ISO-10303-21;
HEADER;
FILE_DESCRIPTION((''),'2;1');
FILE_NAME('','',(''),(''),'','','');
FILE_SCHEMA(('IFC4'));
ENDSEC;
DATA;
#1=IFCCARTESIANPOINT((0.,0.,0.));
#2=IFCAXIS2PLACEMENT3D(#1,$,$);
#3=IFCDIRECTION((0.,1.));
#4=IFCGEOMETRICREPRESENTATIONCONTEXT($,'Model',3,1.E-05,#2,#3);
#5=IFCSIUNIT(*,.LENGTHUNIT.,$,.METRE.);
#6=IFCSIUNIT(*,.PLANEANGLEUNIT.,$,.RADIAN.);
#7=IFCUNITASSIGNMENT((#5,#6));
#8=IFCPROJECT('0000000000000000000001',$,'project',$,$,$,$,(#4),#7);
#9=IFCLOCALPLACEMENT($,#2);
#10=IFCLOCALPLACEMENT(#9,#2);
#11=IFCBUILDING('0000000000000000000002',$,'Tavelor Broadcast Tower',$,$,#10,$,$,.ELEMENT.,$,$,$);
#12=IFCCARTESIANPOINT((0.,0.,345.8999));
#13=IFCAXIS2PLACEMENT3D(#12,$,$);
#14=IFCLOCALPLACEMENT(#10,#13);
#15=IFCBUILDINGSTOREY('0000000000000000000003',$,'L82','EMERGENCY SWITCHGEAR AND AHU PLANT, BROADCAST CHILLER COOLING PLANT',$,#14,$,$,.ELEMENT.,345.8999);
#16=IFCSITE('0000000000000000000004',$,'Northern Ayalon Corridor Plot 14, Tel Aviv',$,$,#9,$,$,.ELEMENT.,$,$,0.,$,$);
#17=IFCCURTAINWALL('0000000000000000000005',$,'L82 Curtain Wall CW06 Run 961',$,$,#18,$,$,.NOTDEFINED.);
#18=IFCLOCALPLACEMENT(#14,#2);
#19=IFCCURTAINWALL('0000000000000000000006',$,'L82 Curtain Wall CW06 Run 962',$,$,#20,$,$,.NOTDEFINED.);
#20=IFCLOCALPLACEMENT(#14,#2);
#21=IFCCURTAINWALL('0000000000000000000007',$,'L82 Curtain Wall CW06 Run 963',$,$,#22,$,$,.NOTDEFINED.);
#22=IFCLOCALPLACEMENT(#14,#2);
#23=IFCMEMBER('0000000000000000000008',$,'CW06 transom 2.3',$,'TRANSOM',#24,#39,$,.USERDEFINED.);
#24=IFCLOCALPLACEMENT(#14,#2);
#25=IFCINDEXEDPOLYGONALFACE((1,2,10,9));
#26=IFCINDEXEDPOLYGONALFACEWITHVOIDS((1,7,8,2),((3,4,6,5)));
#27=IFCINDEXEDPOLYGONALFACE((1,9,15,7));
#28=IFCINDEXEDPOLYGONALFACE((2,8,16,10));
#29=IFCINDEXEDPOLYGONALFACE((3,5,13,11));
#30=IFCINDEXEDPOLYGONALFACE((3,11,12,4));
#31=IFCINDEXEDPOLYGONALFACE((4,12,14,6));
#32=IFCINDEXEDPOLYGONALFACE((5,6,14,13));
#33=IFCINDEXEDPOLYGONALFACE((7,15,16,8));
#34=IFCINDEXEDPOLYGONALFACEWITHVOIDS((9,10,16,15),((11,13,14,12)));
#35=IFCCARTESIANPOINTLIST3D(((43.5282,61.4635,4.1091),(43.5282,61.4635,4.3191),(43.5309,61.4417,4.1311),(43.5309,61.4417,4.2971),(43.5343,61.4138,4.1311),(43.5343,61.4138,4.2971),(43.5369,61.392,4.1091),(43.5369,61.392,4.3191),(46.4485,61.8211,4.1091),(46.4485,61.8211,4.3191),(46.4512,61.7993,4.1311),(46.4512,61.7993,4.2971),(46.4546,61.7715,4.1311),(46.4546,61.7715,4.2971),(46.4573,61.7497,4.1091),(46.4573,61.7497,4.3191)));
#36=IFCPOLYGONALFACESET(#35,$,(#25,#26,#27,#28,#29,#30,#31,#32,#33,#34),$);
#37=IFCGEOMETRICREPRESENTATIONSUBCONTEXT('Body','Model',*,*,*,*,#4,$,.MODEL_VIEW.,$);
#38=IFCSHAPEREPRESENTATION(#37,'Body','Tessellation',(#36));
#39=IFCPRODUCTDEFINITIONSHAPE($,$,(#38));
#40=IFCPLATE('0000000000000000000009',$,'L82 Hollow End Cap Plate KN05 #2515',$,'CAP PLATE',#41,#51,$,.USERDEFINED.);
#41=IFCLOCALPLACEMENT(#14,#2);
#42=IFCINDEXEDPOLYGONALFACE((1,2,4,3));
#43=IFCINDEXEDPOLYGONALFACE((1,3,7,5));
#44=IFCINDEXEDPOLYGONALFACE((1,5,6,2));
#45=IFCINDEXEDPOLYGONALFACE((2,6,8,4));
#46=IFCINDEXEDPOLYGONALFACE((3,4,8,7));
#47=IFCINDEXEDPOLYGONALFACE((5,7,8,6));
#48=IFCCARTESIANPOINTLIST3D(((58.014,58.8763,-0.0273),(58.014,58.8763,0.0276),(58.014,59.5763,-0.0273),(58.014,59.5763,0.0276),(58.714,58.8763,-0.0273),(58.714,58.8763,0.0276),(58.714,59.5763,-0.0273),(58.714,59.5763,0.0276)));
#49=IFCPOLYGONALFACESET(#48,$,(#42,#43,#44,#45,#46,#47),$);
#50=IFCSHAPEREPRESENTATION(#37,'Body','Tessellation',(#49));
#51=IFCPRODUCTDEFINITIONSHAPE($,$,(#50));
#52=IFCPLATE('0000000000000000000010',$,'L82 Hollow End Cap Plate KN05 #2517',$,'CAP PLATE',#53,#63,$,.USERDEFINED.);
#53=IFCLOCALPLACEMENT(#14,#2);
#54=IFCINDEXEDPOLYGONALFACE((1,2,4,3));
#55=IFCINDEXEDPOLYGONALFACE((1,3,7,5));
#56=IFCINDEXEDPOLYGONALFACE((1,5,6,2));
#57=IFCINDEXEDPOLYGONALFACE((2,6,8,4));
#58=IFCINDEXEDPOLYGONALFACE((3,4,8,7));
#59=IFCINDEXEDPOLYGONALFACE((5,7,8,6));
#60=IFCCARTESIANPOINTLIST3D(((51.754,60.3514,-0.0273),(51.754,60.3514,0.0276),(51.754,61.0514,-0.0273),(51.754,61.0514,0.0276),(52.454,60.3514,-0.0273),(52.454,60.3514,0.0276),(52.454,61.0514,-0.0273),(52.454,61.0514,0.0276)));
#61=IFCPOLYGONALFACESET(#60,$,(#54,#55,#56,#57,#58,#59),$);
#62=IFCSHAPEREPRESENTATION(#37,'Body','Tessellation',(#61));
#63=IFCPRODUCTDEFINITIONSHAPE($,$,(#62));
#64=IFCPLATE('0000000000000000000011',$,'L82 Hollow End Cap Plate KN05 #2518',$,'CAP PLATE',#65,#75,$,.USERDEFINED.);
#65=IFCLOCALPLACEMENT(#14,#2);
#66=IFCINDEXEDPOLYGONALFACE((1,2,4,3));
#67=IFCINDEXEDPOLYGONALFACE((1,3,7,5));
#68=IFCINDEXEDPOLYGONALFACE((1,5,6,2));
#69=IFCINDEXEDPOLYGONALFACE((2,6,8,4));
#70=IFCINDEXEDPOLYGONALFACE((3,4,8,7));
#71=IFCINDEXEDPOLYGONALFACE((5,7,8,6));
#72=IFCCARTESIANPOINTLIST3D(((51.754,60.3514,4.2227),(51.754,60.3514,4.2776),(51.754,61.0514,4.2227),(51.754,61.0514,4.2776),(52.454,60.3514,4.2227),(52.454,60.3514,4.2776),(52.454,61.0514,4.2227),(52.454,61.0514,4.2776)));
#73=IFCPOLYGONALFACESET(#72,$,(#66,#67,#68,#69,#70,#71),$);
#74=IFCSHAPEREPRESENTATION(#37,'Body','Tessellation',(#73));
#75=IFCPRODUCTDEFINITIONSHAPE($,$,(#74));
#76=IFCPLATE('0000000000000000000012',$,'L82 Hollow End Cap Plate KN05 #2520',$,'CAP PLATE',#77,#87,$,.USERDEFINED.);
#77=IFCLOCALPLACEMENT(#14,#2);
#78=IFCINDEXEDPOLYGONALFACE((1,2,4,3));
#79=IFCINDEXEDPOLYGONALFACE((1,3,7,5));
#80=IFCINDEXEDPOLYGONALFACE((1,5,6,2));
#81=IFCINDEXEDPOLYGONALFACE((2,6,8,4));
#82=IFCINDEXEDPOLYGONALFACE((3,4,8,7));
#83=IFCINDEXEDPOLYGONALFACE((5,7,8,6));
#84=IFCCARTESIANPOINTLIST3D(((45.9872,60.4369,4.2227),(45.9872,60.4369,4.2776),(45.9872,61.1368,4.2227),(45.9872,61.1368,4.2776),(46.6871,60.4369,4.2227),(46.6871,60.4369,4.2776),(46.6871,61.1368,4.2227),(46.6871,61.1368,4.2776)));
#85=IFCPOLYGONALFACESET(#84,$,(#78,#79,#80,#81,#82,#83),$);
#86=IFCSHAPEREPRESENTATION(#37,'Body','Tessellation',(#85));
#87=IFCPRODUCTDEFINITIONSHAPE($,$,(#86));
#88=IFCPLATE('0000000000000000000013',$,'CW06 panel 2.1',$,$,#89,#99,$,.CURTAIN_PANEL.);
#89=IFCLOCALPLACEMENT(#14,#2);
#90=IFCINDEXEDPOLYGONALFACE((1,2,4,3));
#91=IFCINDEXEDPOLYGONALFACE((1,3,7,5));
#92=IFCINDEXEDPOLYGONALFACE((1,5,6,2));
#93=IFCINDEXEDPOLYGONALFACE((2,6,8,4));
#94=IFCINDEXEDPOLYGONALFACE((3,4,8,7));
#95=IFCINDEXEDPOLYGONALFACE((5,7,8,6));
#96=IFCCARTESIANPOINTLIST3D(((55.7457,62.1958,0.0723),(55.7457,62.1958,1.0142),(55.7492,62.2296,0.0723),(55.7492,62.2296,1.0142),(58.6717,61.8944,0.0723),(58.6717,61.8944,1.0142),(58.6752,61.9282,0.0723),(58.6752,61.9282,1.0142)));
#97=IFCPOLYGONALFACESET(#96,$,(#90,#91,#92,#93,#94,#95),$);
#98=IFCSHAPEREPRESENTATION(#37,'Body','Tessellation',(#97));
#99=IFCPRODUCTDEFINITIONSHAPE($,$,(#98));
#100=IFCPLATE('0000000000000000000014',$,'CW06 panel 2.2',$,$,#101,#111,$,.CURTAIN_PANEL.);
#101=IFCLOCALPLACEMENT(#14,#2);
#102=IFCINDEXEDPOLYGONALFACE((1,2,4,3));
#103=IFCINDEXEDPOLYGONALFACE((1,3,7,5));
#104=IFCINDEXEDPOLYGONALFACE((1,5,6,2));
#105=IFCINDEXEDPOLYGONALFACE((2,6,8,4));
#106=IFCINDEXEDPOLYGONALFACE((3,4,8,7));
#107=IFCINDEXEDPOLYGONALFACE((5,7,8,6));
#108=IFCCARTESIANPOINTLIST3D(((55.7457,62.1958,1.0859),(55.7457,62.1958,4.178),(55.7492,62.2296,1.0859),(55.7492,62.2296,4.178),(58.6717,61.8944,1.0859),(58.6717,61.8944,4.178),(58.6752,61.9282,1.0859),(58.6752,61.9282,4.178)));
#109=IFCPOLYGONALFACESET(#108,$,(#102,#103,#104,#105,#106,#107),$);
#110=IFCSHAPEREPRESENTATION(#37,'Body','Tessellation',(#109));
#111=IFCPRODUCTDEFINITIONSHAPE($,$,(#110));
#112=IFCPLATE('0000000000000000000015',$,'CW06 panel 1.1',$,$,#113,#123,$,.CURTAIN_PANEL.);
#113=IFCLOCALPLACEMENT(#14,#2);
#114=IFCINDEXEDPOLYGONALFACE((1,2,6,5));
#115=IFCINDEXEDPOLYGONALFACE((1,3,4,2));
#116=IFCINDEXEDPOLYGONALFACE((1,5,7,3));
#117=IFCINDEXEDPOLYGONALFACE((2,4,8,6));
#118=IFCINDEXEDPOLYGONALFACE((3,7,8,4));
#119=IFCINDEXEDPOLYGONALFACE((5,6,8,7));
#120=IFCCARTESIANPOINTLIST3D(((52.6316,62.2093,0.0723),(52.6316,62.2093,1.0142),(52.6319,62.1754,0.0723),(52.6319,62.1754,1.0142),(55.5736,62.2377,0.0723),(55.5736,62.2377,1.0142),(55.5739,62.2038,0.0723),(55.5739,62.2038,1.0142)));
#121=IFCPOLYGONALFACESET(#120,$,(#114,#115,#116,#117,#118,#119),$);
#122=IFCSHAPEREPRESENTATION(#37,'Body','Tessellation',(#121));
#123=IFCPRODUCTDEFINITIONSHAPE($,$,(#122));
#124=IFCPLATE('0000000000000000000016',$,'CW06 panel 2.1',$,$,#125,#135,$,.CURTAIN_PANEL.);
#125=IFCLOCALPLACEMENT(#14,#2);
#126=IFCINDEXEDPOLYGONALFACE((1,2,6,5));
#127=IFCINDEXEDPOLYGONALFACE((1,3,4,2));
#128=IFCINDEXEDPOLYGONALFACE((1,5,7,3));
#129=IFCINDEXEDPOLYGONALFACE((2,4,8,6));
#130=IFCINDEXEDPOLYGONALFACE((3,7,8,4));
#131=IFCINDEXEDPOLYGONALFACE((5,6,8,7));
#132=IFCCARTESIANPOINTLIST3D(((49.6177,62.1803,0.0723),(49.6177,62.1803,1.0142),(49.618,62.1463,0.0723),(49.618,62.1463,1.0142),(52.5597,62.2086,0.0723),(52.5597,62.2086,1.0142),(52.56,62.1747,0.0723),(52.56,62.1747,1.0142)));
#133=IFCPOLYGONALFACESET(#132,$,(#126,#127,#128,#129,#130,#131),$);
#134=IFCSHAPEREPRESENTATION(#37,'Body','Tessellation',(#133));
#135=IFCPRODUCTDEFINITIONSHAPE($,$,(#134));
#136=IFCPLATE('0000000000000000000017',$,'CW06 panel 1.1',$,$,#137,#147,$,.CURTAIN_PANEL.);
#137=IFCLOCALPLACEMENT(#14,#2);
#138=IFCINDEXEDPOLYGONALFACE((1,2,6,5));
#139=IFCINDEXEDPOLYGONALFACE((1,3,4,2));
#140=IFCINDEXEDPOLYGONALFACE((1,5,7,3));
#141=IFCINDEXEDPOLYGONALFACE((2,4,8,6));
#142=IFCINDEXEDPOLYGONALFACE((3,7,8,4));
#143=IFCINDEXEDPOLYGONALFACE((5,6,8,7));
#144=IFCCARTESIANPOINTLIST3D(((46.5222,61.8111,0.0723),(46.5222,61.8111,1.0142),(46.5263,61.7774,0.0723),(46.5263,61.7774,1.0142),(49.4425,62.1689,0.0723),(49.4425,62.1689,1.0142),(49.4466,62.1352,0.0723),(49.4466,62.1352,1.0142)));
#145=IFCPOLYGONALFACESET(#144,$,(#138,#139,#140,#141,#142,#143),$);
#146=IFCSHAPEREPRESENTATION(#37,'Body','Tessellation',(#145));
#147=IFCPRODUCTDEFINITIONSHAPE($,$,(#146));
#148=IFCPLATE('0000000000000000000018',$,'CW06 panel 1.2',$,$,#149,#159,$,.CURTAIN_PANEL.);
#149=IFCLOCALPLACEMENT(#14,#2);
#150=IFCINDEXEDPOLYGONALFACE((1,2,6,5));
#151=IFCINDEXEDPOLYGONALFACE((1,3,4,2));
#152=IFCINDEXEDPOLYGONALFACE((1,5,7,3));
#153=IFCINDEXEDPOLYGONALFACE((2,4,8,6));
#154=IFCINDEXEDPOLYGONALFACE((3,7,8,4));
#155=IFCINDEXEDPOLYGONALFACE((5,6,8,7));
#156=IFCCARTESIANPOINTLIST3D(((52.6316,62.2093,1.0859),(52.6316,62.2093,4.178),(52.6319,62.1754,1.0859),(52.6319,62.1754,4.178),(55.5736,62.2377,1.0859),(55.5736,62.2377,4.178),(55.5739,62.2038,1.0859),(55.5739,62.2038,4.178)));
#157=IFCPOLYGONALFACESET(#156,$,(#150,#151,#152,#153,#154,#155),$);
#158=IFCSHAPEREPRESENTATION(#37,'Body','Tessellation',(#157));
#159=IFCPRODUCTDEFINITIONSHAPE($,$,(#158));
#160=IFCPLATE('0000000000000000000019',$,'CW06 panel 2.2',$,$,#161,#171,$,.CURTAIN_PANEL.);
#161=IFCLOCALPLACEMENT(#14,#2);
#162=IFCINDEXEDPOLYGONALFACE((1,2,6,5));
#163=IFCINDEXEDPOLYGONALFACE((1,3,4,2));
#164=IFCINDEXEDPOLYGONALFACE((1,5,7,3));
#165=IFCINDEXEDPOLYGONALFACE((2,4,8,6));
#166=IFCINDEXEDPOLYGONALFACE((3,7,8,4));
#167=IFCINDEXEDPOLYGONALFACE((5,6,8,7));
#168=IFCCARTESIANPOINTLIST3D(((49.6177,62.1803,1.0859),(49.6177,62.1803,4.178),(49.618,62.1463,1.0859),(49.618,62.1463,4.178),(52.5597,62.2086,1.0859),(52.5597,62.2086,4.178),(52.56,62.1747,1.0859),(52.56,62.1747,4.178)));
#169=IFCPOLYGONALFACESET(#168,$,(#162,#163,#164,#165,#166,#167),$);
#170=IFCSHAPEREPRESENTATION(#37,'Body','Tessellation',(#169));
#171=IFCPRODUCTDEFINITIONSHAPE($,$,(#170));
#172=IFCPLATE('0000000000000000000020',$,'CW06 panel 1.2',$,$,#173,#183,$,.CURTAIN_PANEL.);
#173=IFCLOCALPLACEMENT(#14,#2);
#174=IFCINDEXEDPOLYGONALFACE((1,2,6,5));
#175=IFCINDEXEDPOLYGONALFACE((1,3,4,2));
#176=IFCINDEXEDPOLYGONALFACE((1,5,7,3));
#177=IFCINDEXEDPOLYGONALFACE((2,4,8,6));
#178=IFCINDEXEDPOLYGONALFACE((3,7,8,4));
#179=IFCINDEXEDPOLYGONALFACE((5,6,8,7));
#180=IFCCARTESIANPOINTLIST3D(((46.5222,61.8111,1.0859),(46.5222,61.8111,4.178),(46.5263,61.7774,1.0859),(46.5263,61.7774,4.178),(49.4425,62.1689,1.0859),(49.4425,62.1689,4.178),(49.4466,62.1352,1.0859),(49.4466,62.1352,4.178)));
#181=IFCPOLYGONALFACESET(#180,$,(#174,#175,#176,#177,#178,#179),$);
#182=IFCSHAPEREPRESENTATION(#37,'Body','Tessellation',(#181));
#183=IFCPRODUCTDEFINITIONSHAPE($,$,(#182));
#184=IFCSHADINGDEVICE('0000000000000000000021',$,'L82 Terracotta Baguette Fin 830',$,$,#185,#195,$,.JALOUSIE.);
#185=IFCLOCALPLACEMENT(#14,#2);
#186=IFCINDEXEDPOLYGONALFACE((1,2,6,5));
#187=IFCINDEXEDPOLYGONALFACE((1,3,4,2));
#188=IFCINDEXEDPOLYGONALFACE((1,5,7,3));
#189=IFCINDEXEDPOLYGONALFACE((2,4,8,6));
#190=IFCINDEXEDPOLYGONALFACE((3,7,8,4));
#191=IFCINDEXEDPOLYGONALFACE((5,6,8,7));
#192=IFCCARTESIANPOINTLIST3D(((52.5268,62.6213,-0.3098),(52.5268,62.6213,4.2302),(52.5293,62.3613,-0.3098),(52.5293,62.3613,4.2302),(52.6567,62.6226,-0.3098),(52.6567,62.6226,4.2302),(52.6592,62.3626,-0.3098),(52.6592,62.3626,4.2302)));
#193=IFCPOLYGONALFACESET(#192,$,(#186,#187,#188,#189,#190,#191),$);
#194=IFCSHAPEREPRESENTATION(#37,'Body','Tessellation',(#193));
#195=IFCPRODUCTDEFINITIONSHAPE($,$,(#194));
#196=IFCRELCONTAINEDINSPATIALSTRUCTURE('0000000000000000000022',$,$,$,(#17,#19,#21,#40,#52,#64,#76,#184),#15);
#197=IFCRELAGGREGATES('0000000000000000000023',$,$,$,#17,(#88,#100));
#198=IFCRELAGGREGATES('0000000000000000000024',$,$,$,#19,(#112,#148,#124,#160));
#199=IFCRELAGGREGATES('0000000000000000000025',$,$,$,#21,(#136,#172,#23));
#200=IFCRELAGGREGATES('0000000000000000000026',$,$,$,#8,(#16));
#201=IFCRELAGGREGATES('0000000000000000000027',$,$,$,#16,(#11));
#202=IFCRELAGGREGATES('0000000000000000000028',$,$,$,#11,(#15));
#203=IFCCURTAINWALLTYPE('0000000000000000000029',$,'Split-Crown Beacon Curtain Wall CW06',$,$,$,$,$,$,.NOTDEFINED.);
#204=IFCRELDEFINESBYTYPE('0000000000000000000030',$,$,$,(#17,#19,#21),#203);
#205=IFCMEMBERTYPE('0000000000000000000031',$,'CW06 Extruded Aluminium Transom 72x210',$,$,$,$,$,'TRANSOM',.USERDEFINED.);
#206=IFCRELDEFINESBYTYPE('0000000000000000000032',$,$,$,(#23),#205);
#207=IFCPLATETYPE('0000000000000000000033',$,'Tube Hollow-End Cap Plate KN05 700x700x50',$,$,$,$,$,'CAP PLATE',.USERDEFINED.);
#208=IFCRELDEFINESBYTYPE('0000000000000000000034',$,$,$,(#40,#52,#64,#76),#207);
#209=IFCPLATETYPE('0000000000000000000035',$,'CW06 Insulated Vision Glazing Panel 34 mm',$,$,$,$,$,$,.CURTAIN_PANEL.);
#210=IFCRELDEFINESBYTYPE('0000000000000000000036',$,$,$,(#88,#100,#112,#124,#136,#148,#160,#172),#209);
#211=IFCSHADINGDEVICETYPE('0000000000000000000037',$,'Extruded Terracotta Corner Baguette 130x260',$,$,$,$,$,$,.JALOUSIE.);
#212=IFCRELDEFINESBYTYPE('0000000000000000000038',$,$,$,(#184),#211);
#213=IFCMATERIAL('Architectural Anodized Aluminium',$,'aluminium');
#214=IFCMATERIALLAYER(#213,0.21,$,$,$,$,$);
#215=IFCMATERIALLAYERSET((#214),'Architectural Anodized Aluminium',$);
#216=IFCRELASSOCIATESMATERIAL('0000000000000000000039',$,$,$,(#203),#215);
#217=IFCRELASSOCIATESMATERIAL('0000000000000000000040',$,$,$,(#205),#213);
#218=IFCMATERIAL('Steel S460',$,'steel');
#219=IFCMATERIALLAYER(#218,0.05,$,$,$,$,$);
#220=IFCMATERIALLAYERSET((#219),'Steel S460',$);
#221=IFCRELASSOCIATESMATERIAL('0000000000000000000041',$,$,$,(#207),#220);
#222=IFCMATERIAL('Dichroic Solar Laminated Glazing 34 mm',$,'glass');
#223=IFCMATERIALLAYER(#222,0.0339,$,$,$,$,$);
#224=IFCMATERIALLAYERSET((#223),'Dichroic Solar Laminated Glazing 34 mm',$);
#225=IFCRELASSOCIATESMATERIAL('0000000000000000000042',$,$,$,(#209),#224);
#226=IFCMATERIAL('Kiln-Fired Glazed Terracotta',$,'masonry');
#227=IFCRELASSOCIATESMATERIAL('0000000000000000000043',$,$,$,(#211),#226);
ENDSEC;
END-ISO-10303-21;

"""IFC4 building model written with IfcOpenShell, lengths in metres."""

from ifc_helpers import new_model, si_unit, direction, frame, origin, origin_2d, place, context, subcontext, project, spatial, rectangle, hollow_rectangle, extrude, source, transform, mapped, material, layer, layer_set, material_profile, profile_set, type_object, type_shapes, element, aggregate, save


model = new_model("IFC4")

# Units and contexts
model_context = context("Model", 3, precision=1e-05, world=origin(), true_north=direction((0.0, 1.0)))
body_context = subcontext(model_context, "Body", "Model", "MODEL_VIEW")
ifc_project = project(units=[si_unit("LENGTHUNIT", "METRE"), si_unit("PLANEANGLEUNIT", "RADIAN")], contexts=[model_context])

# Site, building, storey
site_placement = place(None, origin())
site = spatial("IfcSite", under=ifc_project, at=site_placement, Name="Northern Ayalon Corridor Plot 14, Tel Aviv", CompositionType="ELEMENT", RefElevation=0.0)
building_placement = place(site_placement, origin())
building = spatial("IfcBuilding", under=site, at=building_placement, Name="Tavelor Broadcast Tower", CompositionType="ELEMENT")
storey_placement = place(building_placement, frame((0.0, 0.0, 345.8999)))
storey = spatial("IfcBuildingStorey", under=building, at=storey_placement, Name="L82", Description="EMERGENCY SWITCHGEAR AND AHU PLANT, BROADCAST CHILLER COOLING PLANT", CompositionType="ELEMENT", Elevation=345.8999)

# Curtain wall
ifc_material_1 = material(Name="Architectural Anodized Aluminium", Category="aluminium")
ifc_layer_1 = layer(ifc_material_1, 0.21)
ifc_layer_set_1 = layer_set([ifc_layer_1], Name="Architectural Anodized Aluminium")
curtain_wall_type = type_object("IfcCurtainWallType", Name="Split-Crown Beacon Curtain Wall CW06", PredefinedType="NOTDEFINED", material=ifc_layer_set_1)
curtain_wall_1_placement = place(storey_placement, origin())
curtain_wall_1 = element("IfcCurtainWall", 1, at=curtain_wall_1_placement, inside=storey, type_object=curtain_wall_type, Name="L82 Curtain Wall CW06 Run 961", PredefinedType="NOTDEFINED")

# Curtain walls
curtain_wall_2_placement = place(storey_placement, origin())
curtain_wall_2 = element("IfcCurtainWall", 2, at=curtain_wall_2_placement, inside=storey, type_object=curtain_wall_type, Name="L82 Curtain Wall CW06 Run 962", PredefinedType="NOTDEFINED")
curtain_wall_3_placement = place(storey_placement, origin())
curtain_wall_3 = element("IfcCurtainWall", 3, at=curtain_wall_3_placement, inside=storey, type_object=curtain_wall_type, Name="L82 Curtain Wall CW06 Run 963", PredefinedType="NOTDEFINED")

# Member
ifc_material_profile_1 = material_profile(ifc_material_1, hollow_rectangle(XDim=0.072, YDim=0.21, WallThickness=0.022, at=origin_2d()), Name="RHS 72x210x22")
ifc_profile_set_1 = profile_set([ifc_material_profile_1], Name="Architectural Anodized Aluminium")
member_type_1 = type_object("IfcMemberType", Name="CW06 Extruded Aluminium Transom 72x210", ElementType="TRANSOM", PredefinedType="USERDEFINED", material=ifc_profile_set_1)
shared_shape_1 = source(origin(), body_context, "Body", "SweptSolid", [
    extrude(hollow_rectangle(XDim=0.072, YDim=0.21, WallThickness=0.022, at=origin_2d()), origin(), (0.0, 0.0, 1.0), 2.9421),
])
member_1_placement = place(storey_placement, frame((46.4529, 61.7854, 4.2141), z_axis=(-0.992584, -0.121563, 0.0), x_axis=(0.121563, -0.992584, 0.0)))
member_1 = element("IfcMember", 4, at=member_1_placement, type_object=member_type_1, Name="CW06 transom 2.3", ObjectType="TRANSOM", PredefinedType="USERDEFINED", context=body_context, shape_type="MappedRepresentation", body=[
    mapped(shared_shape_1, transform((0.0, 0.0, 0.0), scale=1.0)),
])

# Plates
ifc_material_2 = material(Name="Steel S460", Category="steel")
ifc_layer_2 = layer(ifc_material_2, 0.05)
ifc_layer_set_2 = layer_set([ifc_layer_2], Name="Steel S460")
plate_type_1 = type_object("IfcPlateType", Name="Tube Hollow-End Cap Plate KN05 700x700x50", ElementType="CAP PLATE", PredefinedType="USERDEFINED", material=ifc_layer_set_2)
shared_shape_2 = source(origin(), body_context, "Body", "SweptSolid", [
    extrude(rectangle(XDim=0.7, YDim=0.7, at=origin_2d()), origin(), (0.0, 0.0, 1.0), 0.0549),
])
type_shapes(plate_type_1, [shared_shape_2])
for number, where, z_axis, x_axis, name in (
    (5, (58.364, 59.2263, -0.0273), (0.0, 0.0, 1.0), (1.0, 0.0, 0.0), "L82 Hollow End Cap Plate KN05 #2515"),
    (6, (52.104, 60.7014, -0.0273), (0.0, 0.0, 1.0), (1.0, 0.0, 0.0), "L82 Hollow End Cap Plate KN05 #2517"),
    (7, (52.104, 60.7014, 4.2227), (0.0, 0.0, 1.0), (1.0, 0.0, 0.0), "L82 Hollow End Cap Plate KN05 #2518"),
    (8, (46.3372, 60.7869, 4.2227), (0.0, 0.0, 1.0), (1.0, 0.0, 0.0), "L82 Hollow End Cap Plate KN05 #2520"),
):
    element("IfcPlate", number, at=place(storey_placement, frame(where, z_axis=z_axis, x_axis=x_axis)), inside=storey, type_object=plate_type_1, Name=name, ObjectType="CAP PLATE", PredefinedType="USERDEFINED", context=body_context, shape_type="MappedRepresentation", body=[
        mapped(shared_shape_2, transform((0.0, 0.0, 0.0), scale=1.0)),
    ])

# Plates
ifc_material_3 = material(Name="Dichroic Solar Laminated Glazing 34 mm", Category="glass")
ifc_layer_3 = layer(ifc_material_3, 0.0339)
ifc_layer_set_3 = layer_set([ifc_layer_3], Name="Dichroic Solar Laminated Glazing 34 mm")
plate_type_2 = type_object("IfcPlateType", Name="CW06 Insulated Vision Glazing Panel 34 mm", PredefinedType="CURTAIN_PANEL", material=ifc_layer_set_3)
shared_shape_3 = source(origin(), body_context, "Body", "SweptSolid", [
    extrude(rectangle(XDim=2.9414, YDim=0.0339, at=origin_2d()), origin(), (0.0, 0.0, 1.0), 0.9419),
])
plate_1_placement = place(storey_placement, frame((57.2104, 62.062, 0.0723), z_axis=(0.0, 0.0, 1.0), x_axis=(-0.994737, 0.102461, 0.0)))
plate_1 = element("IfcPlate", 9, at=plate_1_placement, type_object=plate_type_2, Name="CW06 panel 2.1", PredefinedType="CURTAIN_PANEL", context=body_context, shape_type="MappedRepresentation", body=[
    mapped(shared_shape_3, transform((0.0, 0.0, 0.0), scale=1.0)),
])
shared_shape_4 = source(origin(), body_context, "Body", "SweptSolid", [
    extrude(rectangle(XDim=2.9414, YDim=0.0339, at=origin_2d()), origin(), (0.0, 0.0, 1.0), 3.092),
])
plate_2_placement = place(storey_placement, frame((57.2104, 62.062, 1.0859), z_axis=(0.0, 0.0, 1.0), x_axis=(-0.994737, 0.102461, 0.0)))
plate_2 = element("IfcPlate", 10, at=plate_2_placement, type_object=plate_type_2, Name="CW06 panel 2.2", PredefinedType="CURTAIN_PANEL", context=body_context, shape_type="MappedRepresentation", body=[
    mapped(shared_shape_4, transform((0.0, 0.0, 0.0), scale=1.0)),
])
aggregate(curtain_wall_1, [plate_1, plate_2])
shared_shape_5 = source(origin(), body_context, "Body", "SweptSolid", [
    extrude(rectangle(XDim=2.9421, YDim=0.0339, at=origin_2d()), origin(), (0.0, 0.0, 1.0), 0.9419),
])
plate_3_placement = place(storey_placement, frame((54.1028, 62.2065, 0.0723), z_axis=(0.0, 0.0, 1.0), x_axis=(-0.999954, -0.009639, 0.0)))
plate_3 = element("IfcPlate", 11, at=plate_3_placement, type_object=plate_type_2, Name="CW06 panel 1.1", PredefinedType="CURTAIN_PANEL", context=body_context, shape_type="MappedRepresentation", body=[
    mapped(shared_shape_5, transform((0.0, 0.0, 0.0), scale=1.0)),
])
plate_4_placement = place(storey_placement, frame((51.0889, 62.1775, 0.0723), z_axis=(0.0, 0.0, 1.0), x_axis=(-0.999954, -0.009639, 0.0)))
plate_4 = element("IfcPlate", 12, at=plate_4_placement, type_object=plate_type_2, Name="CW06 panel 2.1", PredefinedType="CURTAIN_PANEL", context=body_context, shape_type="MappedRepresentation", body=[
    mapped(shared_shape_5, transform((0.0, 0.0, 0.0), scale=1.0)),
])
plate_5_placement = place(storey_placement, frame((47.9844, 61.9731, 0.0723), z_axis=(0.0, 0.0, 1.0), x_axis=(-0.992579, -0.121601, 0.0)))
plate_5 = element("IfcPlate", 13, at=plate_5_placement, type_object=plate_type_2, Name="CW06 panel 1.1", PredefinedType="CURTAIN_PANEL", context=body_context, shape_type="MappedRepresentation", body=[
    mapped(shared_shape_5, transform((0.0, 0.0, 0.0), scale=1.0)),
])
shared_shape_6 = source(origin(), body_context, "Body", "SweptSolid", [
    extrude(rectangle(XDim=2.9421, YDim=0.0339, at=origin_2d()), origin(), (0.0, 0.0, 1.0), 3.092),
])
type_shapes(plate_type_2, [shared_shape_3, shared_shape_4, shared_shape_5, shared_shape_6])
plate_6_placement = place(storey_placement, frame((54.1028, 62.2065, 1.0859), z_axis=(0.0, 0.0, 1.0), x_axis=(-0.999954, -0.009639, 0.0)))
plate_6 = element("IfcPlate", 14, at=plate_6_placement, type_object=plate_type_2, Name="CW06 panel 1.2", PredefinedType="CURTAIN_PANEL", context=body_context, shape_type="MappedRepresentation", body=[
    mapped(shared_shape_6, transform((0.0, 0.0, 0.0), scale=1.0)),
])
plate_7_placement = place(storey_placement, frame((51.0889, 62.1775, 1.0859), z_axis=(0.0, 0.0, 1.0), x_axis=(-0.999954, -0.009639, 0.0)))
plate_7 = element("IfcPlate", 15, at=plate_7_placement, type_object=plate_type_2, Name="CW06 panel 2.2", PredefinedType="CURTAIN_PANEL", context=body_context, shape_type="MappedRepresentation", body=[
    mapped(shared_shape_6, transform((0.0, 0.0, 0.0), scale=1.0)),
])
aggregate(curtain_wall_2, [plate_3, plate_6, plate_4, plate_7])
plate_8_placement = place(storey_placement, frame((47.9844, 61.9731, 1.0859), z_axis=(0.0, 0.0, 1.0), x_axis=(-0.992579, -0.121601, 0.0)))
plate_8 = element("IfcPlate", 16, at=plate_8_placement, type_object=plate_type_2, Name="CW06 panel 1.2", PredefinedType="CURTAIN_PANEL", context=body_context, shape_type="MappedRepresentation", body=[
    mapped(shared_shape_6, transform((0.0, 0.0, 0.0), scale=1.0)),
])
aggregate(curtain_wall_3, [plate_5, plate_8, member_1])

# Shading device
ifc_material_4 = material(Name="Kiln-Fired Glazed Terracotta", Category="masonry")
shading_device_type = type_object("IfcShadingDeviceType", Name="Extruded Terracotta Corner Baguette 130x260", PredefinedType="JALOUSIE", material=ifc_material_4)
shared_shape_7 = source(origin(), body_context, "Body", "SweptSolid", [
    extrude(rectangle(XDim=0.1299, YDim=0.26, at=origin_2d()), origin(), (0.0, 0.0, 1.0), 4.54),
])
type_shapes(shading_device_type, [shared_shape_7])
for number, where, z_axis, x_axis, name in (
    (17, (52.593, 62.4919, -0.3098), (0.0, 0.0, 1.0), (-0.999954, -0.009599, 0.0), "L82 Terracotta Baguette Fin 830"),
):
    element("IfcShadingDevice", number, at=place(storey_placement, frame(where, z_axis=z_axis, x_axis=x_axis)), inside=storey, type_object=shading_device_type, Name=name, PredefinedType="JALOUSIE", context=body_context, shape_type="MappedRepresentation", body=[
        mapped(shared_shape_7, transform((0.0, 0.0, 0.0), scale=1.0)),
    ])

save(model, "model.ifc")
